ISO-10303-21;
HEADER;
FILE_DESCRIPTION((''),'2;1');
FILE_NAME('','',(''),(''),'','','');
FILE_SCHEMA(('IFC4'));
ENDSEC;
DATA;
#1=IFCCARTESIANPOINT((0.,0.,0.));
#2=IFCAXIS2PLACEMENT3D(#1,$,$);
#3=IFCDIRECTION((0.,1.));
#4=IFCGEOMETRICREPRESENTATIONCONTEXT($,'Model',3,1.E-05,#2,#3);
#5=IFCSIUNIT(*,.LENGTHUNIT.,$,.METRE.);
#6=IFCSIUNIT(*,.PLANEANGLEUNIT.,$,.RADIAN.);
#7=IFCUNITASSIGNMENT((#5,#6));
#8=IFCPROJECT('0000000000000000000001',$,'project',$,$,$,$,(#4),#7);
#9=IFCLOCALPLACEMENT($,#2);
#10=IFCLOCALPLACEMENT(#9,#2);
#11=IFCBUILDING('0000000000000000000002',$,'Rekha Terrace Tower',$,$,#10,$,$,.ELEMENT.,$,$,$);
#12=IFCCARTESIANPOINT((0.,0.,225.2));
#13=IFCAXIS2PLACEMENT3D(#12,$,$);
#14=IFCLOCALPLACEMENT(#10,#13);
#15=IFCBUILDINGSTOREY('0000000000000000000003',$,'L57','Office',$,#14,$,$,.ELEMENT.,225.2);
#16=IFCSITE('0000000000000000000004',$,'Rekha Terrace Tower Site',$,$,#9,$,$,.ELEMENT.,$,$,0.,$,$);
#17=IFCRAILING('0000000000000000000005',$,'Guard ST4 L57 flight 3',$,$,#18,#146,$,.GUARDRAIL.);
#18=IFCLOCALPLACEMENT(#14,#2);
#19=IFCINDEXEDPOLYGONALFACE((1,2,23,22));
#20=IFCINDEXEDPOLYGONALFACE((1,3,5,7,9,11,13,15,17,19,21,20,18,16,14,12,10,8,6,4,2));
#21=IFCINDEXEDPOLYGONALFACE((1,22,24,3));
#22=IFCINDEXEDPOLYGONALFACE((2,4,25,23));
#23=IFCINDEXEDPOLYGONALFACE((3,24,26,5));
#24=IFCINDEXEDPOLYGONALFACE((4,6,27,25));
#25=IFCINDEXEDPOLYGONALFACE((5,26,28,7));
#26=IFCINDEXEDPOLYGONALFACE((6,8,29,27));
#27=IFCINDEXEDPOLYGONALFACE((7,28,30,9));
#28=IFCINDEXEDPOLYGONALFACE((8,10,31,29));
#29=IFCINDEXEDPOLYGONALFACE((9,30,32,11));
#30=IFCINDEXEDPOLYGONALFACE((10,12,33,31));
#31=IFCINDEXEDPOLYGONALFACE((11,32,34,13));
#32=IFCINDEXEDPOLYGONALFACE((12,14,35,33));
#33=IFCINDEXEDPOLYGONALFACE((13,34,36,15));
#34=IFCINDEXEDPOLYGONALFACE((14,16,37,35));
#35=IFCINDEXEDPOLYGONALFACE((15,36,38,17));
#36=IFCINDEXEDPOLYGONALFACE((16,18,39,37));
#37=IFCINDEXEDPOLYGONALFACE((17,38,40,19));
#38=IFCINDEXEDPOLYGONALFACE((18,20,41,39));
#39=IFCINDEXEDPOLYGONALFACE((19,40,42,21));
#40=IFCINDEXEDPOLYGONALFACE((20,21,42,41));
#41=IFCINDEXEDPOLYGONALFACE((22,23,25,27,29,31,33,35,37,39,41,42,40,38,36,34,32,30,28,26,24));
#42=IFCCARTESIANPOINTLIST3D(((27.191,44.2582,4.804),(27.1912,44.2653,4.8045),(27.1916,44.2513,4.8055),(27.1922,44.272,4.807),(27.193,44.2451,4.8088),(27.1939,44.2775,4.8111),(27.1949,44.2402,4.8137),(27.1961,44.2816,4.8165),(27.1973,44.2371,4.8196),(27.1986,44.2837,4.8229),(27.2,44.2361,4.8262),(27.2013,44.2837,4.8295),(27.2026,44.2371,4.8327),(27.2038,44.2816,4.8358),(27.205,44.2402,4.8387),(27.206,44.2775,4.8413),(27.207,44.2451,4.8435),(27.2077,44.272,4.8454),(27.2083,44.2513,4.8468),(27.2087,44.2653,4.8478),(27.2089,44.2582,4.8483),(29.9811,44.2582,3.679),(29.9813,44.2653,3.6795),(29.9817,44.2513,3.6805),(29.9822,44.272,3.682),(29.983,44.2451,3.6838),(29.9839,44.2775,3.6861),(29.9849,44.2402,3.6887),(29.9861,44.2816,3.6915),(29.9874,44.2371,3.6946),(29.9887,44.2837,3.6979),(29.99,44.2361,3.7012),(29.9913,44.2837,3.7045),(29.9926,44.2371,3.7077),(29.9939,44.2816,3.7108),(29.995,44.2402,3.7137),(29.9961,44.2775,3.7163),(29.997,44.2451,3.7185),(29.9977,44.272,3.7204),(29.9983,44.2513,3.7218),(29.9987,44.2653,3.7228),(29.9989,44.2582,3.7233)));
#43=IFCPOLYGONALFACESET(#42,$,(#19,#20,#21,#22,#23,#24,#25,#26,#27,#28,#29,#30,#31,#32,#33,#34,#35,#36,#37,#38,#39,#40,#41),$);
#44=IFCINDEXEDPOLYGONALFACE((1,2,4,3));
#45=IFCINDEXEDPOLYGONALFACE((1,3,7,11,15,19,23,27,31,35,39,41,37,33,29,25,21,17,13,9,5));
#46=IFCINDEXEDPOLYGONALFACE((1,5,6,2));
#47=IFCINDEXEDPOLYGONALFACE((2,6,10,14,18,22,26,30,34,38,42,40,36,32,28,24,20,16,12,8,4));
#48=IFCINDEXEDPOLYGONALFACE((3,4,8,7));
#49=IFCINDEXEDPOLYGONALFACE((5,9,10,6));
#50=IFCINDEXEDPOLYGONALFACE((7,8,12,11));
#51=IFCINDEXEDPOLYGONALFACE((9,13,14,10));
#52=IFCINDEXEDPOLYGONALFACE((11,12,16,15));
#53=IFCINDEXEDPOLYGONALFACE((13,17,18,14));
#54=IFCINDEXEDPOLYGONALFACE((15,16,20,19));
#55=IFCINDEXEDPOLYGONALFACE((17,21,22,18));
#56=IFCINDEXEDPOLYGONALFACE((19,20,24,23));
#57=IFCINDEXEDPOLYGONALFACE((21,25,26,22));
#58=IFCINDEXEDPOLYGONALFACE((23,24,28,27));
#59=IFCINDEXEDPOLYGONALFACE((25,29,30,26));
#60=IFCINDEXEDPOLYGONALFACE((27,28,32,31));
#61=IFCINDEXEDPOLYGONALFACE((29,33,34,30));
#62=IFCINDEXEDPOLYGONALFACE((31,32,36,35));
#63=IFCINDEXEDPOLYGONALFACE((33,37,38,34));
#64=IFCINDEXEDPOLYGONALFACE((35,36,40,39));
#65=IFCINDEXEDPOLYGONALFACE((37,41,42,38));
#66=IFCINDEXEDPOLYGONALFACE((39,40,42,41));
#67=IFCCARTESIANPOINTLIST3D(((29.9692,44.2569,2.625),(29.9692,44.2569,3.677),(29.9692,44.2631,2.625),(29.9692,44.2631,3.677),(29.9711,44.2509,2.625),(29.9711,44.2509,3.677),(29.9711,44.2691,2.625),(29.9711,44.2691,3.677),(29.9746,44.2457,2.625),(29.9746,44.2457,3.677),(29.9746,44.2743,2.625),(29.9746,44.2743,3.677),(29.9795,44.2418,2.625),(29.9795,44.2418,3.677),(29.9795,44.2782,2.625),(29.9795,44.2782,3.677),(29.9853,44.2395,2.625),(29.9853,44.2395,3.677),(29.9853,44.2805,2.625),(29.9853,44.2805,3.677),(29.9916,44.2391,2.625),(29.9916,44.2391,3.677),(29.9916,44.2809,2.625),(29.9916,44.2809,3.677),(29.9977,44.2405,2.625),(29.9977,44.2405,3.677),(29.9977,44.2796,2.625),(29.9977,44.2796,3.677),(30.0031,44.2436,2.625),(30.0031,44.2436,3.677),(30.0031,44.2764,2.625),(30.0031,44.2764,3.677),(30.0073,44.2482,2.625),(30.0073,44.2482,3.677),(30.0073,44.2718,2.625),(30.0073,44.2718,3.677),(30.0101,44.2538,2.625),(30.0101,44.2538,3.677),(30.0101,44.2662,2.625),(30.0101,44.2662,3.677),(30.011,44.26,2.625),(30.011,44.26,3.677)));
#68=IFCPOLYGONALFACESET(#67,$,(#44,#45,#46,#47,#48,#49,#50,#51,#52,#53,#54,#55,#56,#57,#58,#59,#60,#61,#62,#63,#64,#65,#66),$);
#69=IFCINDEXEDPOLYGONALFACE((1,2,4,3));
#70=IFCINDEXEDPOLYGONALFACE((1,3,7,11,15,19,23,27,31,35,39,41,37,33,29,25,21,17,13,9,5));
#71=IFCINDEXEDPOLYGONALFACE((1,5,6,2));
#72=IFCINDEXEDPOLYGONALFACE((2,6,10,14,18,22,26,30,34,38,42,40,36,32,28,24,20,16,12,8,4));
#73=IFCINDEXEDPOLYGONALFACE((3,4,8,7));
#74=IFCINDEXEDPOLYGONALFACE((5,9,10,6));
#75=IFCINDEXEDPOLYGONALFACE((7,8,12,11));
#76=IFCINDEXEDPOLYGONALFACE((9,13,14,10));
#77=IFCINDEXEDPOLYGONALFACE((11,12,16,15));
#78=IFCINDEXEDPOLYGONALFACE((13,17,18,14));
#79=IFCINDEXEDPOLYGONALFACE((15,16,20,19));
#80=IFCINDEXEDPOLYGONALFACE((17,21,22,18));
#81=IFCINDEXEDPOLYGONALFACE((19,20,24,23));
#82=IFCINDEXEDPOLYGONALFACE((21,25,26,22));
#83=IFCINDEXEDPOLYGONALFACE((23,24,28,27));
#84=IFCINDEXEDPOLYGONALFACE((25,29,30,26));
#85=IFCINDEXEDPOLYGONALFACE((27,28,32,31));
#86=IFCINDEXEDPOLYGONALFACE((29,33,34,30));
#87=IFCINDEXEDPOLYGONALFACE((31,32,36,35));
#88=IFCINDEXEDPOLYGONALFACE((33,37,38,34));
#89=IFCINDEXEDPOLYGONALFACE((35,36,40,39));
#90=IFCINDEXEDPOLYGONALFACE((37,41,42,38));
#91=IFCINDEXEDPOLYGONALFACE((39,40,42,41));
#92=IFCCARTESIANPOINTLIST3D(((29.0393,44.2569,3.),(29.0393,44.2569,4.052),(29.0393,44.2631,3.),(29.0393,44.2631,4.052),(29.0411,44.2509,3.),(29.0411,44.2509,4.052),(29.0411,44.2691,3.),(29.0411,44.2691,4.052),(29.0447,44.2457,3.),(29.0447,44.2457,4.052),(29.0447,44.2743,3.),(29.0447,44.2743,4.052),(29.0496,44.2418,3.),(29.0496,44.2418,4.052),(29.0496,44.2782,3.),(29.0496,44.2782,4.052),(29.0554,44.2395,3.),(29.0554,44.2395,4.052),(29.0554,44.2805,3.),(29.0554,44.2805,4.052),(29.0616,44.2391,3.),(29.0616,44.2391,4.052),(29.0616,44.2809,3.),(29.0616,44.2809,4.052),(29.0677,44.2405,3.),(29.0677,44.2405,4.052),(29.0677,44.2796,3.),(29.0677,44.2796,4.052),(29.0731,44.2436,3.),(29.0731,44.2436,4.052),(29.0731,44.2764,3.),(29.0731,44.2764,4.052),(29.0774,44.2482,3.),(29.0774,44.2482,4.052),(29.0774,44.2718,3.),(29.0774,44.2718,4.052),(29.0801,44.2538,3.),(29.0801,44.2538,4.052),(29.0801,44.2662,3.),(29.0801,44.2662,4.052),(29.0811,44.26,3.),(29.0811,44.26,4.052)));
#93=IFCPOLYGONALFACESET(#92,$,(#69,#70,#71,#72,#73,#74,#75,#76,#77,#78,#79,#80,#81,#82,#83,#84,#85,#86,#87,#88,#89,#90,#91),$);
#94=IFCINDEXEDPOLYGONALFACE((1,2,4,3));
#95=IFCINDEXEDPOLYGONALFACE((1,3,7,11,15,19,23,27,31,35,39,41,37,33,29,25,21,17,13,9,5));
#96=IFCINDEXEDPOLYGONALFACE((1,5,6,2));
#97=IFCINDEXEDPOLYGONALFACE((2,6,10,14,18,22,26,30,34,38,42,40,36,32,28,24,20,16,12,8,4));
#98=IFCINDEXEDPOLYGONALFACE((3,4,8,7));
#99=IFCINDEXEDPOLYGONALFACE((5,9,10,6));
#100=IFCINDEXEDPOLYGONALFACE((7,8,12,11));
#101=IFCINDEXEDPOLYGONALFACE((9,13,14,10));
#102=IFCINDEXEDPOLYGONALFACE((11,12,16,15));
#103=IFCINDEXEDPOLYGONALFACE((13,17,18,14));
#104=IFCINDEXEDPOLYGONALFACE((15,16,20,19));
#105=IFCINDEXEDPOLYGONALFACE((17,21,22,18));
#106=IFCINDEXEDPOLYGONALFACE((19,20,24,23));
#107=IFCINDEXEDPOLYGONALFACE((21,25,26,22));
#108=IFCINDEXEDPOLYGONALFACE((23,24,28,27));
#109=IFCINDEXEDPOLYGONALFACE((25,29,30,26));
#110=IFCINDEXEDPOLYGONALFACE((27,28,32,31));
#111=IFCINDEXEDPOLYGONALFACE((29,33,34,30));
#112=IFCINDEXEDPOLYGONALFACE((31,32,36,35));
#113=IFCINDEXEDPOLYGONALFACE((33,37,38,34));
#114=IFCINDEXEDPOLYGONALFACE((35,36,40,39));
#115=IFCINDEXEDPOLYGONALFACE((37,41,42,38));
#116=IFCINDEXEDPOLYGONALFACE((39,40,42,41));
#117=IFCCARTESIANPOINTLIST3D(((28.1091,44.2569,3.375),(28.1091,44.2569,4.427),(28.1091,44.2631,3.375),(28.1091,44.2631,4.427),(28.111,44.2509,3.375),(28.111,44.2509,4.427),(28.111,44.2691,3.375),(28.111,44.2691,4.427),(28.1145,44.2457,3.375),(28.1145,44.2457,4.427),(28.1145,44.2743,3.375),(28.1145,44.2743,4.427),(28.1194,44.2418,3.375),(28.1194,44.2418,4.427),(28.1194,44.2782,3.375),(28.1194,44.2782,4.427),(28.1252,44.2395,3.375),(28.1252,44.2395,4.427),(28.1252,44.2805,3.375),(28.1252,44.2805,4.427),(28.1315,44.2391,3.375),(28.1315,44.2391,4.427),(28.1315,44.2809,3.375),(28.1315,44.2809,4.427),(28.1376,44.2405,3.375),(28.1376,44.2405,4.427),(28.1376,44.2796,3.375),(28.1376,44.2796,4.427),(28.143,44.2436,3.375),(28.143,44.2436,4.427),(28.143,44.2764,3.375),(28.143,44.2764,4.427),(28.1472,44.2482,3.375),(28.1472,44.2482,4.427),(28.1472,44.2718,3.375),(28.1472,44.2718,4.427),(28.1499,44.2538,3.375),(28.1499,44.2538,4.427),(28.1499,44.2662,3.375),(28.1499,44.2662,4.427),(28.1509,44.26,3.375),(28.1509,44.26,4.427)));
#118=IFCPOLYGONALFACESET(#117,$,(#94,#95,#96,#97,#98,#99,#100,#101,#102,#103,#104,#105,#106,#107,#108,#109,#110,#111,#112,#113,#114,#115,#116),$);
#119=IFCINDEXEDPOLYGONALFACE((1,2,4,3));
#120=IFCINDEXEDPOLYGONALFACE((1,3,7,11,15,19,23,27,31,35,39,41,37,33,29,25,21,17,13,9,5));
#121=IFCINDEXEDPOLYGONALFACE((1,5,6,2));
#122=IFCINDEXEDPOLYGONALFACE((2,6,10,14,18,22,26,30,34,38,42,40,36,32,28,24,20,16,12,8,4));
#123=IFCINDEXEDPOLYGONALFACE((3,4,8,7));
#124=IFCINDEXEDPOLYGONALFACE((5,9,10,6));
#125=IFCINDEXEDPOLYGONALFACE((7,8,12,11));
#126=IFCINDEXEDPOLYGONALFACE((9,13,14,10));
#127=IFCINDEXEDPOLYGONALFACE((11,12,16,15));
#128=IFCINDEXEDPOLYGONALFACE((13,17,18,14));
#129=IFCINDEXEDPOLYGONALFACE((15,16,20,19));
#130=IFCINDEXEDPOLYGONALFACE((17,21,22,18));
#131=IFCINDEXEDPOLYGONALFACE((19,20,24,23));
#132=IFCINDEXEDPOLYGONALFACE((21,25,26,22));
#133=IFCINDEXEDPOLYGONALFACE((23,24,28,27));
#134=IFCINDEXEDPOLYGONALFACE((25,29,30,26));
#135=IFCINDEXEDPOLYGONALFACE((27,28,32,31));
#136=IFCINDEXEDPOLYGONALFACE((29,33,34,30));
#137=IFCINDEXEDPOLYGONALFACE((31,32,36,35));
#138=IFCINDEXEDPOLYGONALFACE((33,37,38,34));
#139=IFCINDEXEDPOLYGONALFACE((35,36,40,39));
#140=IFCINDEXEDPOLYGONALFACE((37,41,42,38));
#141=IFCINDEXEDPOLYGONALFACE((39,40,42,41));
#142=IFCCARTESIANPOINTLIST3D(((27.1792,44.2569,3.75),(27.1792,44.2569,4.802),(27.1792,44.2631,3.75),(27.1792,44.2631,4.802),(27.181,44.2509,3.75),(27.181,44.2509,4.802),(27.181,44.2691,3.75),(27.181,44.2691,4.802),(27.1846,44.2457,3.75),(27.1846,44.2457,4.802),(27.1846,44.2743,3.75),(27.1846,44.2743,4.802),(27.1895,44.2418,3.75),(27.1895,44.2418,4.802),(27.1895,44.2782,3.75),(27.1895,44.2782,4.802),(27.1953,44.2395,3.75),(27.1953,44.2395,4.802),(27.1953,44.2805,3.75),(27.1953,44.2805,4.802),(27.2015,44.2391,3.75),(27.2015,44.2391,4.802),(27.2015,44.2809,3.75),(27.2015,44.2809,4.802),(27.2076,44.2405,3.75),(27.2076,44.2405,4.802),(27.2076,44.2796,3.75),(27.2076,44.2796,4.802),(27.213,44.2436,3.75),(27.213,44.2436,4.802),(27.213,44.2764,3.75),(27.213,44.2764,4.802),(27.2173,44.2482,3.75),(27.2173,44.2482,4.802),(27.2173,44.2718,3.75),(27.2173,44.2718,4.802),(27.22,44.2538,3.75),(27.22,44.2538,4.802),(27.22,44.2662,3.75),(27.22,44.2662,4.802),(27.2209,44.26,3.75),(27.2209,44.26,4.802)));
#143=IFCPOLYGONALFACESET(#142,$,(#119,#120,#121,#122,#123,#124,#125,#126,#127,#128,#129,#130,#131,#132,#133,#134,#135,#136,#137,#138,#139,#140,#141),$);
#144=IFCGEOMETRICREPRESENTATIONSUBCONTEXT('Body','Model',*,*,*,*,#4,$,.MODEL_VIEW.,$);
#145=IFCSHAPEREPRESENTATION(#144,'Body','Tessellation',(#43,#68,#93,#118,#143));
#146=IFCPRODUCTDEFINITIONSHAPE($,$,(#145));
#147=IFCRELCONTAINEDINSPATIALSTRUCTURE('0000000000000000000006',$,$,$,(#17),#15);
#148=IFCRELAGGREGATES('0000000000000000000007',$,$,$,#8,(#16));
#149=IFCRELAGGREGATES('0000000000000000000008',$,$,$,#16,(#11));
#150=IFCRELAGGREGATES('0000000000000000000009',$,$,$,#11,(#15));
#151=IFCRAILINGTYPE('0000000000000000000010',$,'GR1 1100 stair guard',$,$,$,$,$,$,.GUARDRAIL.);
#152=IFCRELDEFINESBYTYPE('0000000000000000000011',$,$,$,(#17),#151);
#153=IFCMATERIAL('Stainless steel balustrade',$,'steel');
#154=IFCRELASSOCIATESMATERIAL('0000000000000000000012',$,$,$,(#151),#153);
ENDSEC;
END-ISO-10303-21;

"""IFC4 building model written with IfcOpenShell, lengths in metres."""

from ifc_helpers import new_model, si_unit, direction, frame, origin, origin_2d, place, context, subcontext, project, spatial, circle, extrude, material, type_object, element, save


model = new_model("IFC4")

# Units and contexts
model_context = context("Model", 3, precision=1e-05, world=origin(), true_north=direction((0.0, 1.0)))
body_context = subcontext(model_context, "Body", "Model", "MODEL_VIEW")
ifc_project = project(units=[si_unit("LENGTHUNIT", "METRE"), si_unit("PLANEANGLEUNIT", "RADIAN")], contexts=[model_context])

# Site, building, storey
site_placement = place(None, origin())
site = spatial("IfcSite", under=ifc_project, at=site_placement, Name="Rekha Terrace Tower Site", CompositionType="ELEMENT", RefElevation=0.0)
building_placement = place(site_placement, origin())
building = spatial("IfcBuilding", under=site, at=building_placement, Name="Rekha Terrace Tower", CompositionType="ELEMENT")
storey_placement = place(building_placement, frame((0.0, 0.0, 225.2)))
storey = spatial("IfcBuildingStorey", under=building, at=storey_placement, Name="L57", Description="Office", CompositionType="ELEMENT", Elevation=225.2)

# Railing
ifc_material_1 = material(Name="Stainless steel balustrade", Category="steel")
railing_type_1 = type_object("IfcRailingType", Name="GR1 1100 stair guard", PredefinedType="GUARDRAIL", material=ifc_material_1)
railing_1_placement = place(storey_placement, frame((29.99, 44.26, 2.625)))
element("IfcRailing", 1, at=railing_1_placement, inside=storey, type_object=railing_type_1, Name="Guard ST4 L57 flight 3", PredefinedType="GUARDRAIL", context=body_context, shape_type="SweptSolid", body=[
    extrude(circle(Radius=0.0239, at=origin_2d()), frame((0.0, 0.0, 1.0762), z_axis=(-0.927443, 0.0, 0.373964), x_axis=(0.0, -1.0, 0.0)), (0.0, 0.0, 1.0), 3.0083),
    extrude(circle(Radius=0.021, at=origin_2d()), origin(), (0.0, 0.0, 1.0), 1.052),
    extrude(circle(Radius=0.021, at=origin_2d()), frame((-0.9299, 0.0, 0.375)), (0.0, 0.0, 1.0), 1.052),
    extrude(circle(Radius=0.021, at=origin_2d()), frame((-1.8601, 0.0, 0.75)), (0.0, 0.0, 1.0), 1.052),
    extrude(circle(Radius=0.021, at=origin_2d()), frame((-2.79, 0.0, 1.125)), (0.0, 0.0, 1.0), 1.052),
])

save(model, "model.ifc")
